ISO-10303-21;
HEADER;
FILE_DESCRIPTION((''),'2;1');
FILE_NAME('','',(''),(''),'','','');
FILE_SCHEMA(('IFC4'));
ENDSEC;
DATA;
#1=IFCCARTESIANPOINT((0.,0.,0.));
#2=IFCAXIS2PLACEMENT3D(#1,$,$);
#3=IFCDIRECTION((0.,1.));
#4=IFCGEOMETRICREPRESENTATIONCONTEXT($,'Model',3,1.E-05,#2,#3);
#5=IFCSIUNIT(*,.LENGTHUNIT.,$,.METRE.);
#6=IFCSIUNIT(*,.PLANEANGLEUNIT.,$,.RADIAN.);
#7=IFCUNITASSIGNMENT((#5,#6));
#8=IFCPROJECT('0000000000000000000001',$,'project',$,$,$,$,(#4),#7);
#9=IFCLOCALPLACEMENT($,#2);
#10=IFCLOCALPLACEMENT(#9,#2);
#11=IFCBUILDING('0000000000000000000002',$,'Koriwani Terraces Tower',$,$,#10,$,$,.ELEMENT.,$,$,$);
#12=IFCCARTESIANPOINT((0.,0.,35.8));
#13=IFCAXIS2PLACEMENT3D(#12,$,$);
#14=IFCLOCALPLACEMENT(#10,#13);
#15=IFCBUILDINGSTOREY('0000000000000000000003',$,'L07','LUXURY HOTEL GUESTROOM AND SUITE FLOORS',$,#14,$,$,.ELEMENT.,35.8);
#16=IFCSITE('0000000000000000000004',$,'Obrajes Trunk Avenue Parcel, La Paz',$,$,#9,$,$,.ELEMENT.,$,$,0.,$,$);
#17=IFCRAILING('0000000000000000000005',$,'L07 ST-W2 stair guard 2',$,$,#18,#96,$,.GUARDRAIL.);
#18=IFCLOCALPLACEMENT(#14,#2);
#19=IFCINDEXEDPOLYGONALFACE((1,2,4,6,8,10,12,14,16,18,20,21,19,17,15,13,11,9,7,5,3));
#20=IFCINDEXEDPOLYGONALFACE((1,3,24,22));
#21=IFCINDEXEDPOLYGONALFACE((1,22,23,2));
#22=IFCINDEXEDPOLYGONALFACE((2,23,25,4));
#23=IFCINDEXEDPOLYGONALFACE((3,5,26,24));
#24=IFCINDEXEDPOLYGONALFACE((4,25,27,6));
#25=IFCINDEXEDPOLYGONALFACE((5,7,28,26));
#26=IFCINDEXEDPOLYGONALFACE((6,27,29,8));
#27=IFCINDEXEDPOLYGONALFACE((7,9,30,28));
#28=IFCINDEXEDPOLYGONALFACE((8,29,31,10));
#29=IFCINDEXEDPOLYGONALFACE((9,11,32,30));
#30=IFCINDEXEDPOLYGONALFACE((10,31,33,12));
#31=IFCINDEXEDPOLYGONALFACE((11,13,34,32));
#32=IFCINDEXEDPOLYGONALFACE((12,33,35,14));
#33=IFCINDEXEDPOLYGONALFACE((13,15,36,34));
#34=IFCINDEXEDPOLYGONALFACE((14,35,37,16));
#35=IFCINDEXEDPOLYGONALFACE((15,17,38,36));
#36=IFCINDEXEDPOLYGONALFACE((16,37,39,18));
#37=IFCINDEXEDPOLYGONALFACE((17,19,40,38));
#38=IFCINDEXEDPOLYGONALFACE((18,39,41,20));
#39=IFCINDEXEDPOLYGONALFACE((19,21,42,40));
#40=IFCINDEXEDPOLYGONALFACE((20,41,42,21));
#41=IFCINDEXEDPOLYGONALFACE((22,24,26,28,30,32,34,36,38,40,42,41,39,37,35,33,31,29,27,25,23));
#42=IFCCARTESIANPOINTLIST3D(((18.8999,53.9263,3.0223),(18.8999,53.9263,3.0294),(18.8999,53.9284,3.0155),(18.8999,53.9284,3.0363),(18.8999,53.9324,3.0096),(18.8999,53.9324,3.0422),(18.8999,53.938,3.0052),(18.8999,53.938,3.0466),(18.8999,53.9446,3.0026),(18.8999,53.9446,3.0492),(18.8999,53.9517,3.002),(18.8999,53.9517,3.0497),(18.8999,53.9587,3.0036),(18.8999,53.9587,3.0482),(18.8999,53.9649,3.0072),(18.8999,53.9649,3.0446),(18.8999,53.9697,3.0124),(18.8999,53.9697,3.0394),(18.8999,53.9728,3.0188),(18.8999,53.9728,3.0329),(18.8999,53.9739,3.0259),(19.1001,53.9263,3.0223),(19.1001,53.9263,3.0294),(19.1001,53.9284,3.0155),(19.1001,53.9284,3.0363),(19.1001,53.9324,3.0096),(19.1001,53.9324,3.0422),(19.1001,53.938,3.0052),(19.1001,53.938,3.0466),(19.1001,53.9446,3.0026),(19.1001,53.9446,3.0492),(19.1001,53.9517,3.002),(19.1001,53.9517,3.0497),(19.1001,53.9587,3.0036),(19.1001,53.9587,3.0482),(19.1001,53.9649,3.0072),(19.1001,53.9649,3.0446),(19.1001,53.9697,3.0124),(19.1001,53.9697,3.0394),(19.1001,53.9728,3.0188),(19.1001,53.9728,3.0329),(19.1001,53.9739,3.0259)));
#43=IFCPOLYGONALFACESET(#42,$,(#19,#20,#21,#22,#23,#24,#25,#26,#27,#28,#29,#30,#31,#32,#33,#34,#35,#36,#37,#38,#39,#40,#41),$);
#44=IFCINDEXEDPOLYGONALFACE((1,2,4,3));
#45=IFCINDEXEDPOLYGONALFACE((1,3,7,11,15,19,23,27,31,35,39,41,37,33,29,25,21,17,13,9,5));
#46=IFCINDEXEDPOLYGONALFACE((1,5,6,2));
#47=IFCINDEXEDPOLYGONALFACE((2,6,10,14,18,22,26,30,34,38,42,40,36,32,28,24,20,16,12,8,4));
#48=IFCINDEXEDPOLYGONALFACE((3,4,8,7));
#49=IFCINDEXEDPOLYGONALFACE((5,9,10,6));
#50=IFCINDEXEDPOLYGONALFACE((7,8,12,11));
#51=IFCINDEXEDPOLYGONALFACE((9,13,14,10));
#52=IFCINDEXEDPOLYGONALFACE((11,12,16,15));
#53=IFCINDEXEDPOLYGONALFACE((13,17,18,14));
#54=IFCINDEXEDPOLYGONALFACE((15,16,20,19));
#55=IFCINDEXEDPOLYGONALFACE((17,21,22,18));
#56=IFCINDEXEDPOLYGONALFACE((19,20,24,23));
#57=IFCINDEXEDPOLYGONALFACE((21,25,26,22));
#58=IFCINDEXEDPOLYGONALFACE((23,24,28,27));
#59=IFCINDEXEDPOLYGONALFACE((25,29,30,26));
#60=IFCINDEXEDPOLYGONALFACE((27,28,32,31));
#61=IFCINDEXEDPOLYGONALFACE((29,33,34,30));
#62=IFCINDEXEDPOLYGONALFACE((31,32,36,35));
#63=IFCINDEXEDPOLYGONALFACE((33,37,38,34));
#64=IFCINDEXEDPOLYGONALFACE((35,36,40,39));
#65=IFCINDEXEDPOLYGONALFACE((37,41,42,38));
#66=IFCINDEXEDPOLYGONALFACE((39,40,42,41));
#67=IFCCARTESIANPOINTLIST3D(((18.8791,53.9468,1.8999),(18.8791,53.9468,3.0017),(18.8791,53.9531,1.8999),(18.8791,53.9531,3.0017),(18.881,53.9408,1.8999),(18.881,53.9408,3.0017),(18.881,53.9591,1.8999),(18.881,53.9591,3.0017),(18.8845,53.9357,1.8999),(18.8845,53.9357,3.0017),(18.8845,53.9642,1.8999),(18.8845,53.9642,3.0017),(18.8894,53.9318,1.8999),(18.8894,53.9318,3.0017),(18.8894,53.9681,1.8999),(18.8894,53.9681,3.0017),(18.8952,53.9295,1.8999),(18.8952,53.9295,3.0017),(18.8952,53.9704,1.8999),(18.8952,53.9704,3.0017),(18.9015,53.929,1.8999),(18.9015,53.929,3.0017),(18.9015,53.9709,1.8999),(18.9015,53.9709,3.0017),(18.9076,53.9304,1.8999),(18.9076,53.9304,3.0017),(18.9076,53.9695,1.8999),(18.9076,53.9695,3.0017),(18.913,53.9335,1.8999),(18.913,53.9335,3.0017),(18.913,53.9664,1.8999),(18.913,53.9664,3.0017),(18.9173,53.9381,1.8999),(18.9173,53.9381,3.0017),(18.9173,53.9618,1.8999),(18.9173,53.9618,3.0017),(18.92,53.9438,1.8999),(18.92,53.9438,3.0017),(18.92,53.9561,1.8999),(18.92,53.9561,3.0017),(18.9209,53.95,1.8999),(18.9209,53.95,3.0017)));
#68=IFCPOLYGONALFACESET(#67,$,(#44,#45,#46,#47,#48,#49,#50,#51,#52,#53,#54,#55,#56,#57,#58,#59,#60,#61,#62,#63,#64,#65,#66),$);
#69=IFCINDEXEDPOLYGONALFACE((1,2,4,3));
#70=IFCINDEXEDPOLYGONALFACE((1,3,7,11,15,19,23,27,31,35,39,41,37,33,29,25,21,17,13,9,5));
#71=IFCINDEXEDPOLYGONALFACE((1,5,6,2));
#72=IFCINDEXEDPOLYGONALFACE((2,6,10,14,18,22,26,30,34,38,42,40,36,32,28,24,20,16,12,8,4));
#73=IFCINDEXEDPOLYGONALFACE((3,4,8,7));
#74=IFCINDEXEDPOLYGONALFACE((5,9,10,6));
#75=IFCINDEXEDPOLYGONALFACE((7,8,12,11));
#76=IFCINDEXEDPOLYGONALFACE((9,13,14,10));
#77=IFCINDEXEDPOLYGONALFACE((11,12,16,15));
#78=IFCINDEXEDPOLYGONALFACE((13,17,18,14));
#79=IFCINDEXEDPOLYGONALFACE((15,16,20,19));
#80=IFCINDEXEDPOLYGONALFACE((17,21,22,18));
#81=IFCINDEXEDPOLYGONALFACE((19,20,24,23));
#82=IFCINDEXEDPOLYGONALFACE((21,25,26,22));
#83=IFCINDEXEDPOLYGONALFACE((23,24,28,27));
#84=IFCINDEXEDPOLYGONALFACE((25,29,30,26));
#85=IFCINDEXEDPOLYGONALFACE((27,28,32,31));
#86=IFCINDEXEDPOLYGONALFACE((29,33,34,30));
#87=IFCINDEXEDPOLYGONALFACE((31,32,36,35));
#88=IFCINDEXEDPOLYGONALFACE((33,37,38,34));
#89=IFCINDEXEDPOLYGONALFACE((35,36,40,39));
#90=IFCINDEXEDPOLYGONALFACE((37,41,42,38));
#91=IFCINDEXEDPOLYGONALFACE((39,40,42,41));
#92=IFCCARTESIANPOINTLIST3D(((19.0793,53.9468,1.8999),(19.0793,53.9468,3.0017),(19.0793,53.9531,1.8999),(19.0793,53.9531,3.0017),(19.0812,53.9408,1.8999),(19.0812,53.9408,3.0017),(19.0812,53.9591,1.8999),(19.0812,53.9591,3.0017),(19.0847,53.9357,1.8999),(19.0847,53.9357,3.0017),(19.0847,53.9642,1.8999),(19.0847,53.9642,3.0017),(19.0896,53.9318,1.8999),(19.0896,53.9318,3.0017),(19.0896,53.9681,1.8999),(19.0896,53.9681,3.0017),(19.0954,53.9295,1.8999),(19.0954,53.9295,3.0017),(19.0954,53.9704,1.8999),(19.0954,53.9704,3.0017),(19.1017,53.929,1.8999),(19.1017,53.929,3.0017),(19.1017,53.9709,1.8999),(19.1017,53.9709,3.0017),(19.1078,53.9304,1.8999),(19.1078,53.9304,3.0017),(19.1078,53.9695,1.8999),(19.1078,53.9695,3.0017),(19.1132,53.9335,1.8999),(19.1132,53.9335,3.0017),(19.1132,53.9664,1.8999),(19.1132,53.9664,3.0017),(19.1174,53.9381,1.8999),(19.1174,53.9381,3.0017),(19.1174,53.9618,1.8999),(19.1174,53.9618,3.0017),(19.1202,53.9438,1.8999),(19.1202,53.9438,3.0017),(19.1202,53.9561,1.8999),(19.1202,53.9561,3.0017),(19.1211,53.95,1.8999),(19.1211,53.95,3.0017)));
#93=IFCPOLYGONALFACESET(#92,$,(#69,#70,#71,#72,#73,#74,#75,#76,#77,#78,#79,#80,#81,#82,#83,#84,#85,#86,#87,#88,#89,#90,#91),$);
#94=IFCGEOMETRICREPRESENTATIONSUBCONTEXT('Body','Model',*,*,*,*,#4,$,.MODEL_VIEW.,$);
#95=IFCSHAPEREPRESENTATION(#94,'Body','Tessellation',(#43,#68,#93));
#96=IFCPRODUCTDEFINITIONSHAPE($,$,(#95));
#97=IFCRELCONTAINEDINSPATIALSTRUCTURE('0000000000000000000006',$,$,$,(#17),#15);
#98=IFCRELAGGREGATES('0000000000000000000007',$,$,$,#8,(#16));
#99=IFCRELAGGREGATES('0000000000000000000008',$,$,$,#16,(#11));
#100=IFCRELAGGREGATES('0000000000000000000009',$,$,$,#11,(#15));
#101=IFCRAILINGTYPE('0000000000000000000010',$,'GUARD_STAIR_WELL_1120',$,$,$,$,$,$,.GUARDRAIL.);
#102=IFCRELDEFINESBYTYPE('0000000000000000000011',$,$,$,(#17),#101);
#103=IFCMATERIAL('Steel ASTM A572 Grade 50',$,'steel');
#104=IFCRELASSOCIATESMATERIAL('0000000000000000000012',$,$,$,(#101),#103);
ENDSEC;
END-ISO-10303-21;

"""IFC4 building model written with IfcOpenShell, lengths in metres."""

from ifc_helpers import new_model, si_unit, direction, frame, origin, origin_2d, place, context, subcontext, project, spatial, circle, extrude, material, type_object, element, save


model = new_model("IFC4")

# Units and contexts
model_context = context("Model", 3, precision=1e-05, world=origin(), true_north=direction((0.0, 1.0)))
body_context = subcontext(model_context, "Body", "Model", "MODEL_VIEW")
ifc_project = project(units=[si_unit("LENGTHUNIT", "METRE"), si_unit("PLANEANGLEUNIT", "RADIAN")], contexts=[model_context])

# Site, building, storey
site_placement = place(None, origin())
site = spatial("IfcSite", under=ifc_project, at=site_placement, Name="Obrajes Trunk Avenue Parcel, La Paz", CompositionType="ELEMENT", RefElevation=0.0)
building_placement = place(site_placement, origin())
building = spatial("IfcBuilding", under=site, at=building_placement, Name="Koriwani Terraces Tower", CompositionType="ELEMENT")
storey_placement = place(building_placement, frame((0.0, 0.0, 35.8)))
storey = spatial("IfcBuildingStorey", under=building, at=storey_placement, Name="L07", Description="LUXURY HOTEL GUESTROOM AND SUITE FLOORS", CompositionType="ELEMENT", Elevation=35.8)

# Shared definitions
ifc_material_1 = material(Name="Steel ASTM A572 Grade 50", Category="steel")

# Railing
railing_type_1 = type_object("IfcRailingType", Name="GUARD_STAIR_WELL_1120", PredefinedType="GUARDRAIL", material=ifc_material_1)
railing_1_placement = place(storey_placement, frame((18.8999, 53.95, 1.8999)))
element("IfcRailing", 1, at=railing_1_placement, inside=storey, type_object=railing_type_1, Name="L07 ST-W2 stair guard 2", PredefinedType="GUARDRAIL", context=body_context, shape_type="SweptSolid", body=[
    extrude(circle(Radius=0.0239, at=origin_2d()), frame((0.0, 0.0, 1.126), z_axis=(1.0, 0.0, 0.0), x_axis=(0.0, 1.0, 0.0)), (0.0, 0.0, 1.0), 0.2002),
    extrude(circle(Radius=0.021, at=origin_2d()), origin(), (0.0, 0.0, 1.0), 1.1018),
    extrude(circle(Radius=0.021, at=origin_2d()), frame((0.2002, 0.0, 0.0)), (0.0, 0.0, 1.0), 1.1018),
])

save(model, "model.ifc")
